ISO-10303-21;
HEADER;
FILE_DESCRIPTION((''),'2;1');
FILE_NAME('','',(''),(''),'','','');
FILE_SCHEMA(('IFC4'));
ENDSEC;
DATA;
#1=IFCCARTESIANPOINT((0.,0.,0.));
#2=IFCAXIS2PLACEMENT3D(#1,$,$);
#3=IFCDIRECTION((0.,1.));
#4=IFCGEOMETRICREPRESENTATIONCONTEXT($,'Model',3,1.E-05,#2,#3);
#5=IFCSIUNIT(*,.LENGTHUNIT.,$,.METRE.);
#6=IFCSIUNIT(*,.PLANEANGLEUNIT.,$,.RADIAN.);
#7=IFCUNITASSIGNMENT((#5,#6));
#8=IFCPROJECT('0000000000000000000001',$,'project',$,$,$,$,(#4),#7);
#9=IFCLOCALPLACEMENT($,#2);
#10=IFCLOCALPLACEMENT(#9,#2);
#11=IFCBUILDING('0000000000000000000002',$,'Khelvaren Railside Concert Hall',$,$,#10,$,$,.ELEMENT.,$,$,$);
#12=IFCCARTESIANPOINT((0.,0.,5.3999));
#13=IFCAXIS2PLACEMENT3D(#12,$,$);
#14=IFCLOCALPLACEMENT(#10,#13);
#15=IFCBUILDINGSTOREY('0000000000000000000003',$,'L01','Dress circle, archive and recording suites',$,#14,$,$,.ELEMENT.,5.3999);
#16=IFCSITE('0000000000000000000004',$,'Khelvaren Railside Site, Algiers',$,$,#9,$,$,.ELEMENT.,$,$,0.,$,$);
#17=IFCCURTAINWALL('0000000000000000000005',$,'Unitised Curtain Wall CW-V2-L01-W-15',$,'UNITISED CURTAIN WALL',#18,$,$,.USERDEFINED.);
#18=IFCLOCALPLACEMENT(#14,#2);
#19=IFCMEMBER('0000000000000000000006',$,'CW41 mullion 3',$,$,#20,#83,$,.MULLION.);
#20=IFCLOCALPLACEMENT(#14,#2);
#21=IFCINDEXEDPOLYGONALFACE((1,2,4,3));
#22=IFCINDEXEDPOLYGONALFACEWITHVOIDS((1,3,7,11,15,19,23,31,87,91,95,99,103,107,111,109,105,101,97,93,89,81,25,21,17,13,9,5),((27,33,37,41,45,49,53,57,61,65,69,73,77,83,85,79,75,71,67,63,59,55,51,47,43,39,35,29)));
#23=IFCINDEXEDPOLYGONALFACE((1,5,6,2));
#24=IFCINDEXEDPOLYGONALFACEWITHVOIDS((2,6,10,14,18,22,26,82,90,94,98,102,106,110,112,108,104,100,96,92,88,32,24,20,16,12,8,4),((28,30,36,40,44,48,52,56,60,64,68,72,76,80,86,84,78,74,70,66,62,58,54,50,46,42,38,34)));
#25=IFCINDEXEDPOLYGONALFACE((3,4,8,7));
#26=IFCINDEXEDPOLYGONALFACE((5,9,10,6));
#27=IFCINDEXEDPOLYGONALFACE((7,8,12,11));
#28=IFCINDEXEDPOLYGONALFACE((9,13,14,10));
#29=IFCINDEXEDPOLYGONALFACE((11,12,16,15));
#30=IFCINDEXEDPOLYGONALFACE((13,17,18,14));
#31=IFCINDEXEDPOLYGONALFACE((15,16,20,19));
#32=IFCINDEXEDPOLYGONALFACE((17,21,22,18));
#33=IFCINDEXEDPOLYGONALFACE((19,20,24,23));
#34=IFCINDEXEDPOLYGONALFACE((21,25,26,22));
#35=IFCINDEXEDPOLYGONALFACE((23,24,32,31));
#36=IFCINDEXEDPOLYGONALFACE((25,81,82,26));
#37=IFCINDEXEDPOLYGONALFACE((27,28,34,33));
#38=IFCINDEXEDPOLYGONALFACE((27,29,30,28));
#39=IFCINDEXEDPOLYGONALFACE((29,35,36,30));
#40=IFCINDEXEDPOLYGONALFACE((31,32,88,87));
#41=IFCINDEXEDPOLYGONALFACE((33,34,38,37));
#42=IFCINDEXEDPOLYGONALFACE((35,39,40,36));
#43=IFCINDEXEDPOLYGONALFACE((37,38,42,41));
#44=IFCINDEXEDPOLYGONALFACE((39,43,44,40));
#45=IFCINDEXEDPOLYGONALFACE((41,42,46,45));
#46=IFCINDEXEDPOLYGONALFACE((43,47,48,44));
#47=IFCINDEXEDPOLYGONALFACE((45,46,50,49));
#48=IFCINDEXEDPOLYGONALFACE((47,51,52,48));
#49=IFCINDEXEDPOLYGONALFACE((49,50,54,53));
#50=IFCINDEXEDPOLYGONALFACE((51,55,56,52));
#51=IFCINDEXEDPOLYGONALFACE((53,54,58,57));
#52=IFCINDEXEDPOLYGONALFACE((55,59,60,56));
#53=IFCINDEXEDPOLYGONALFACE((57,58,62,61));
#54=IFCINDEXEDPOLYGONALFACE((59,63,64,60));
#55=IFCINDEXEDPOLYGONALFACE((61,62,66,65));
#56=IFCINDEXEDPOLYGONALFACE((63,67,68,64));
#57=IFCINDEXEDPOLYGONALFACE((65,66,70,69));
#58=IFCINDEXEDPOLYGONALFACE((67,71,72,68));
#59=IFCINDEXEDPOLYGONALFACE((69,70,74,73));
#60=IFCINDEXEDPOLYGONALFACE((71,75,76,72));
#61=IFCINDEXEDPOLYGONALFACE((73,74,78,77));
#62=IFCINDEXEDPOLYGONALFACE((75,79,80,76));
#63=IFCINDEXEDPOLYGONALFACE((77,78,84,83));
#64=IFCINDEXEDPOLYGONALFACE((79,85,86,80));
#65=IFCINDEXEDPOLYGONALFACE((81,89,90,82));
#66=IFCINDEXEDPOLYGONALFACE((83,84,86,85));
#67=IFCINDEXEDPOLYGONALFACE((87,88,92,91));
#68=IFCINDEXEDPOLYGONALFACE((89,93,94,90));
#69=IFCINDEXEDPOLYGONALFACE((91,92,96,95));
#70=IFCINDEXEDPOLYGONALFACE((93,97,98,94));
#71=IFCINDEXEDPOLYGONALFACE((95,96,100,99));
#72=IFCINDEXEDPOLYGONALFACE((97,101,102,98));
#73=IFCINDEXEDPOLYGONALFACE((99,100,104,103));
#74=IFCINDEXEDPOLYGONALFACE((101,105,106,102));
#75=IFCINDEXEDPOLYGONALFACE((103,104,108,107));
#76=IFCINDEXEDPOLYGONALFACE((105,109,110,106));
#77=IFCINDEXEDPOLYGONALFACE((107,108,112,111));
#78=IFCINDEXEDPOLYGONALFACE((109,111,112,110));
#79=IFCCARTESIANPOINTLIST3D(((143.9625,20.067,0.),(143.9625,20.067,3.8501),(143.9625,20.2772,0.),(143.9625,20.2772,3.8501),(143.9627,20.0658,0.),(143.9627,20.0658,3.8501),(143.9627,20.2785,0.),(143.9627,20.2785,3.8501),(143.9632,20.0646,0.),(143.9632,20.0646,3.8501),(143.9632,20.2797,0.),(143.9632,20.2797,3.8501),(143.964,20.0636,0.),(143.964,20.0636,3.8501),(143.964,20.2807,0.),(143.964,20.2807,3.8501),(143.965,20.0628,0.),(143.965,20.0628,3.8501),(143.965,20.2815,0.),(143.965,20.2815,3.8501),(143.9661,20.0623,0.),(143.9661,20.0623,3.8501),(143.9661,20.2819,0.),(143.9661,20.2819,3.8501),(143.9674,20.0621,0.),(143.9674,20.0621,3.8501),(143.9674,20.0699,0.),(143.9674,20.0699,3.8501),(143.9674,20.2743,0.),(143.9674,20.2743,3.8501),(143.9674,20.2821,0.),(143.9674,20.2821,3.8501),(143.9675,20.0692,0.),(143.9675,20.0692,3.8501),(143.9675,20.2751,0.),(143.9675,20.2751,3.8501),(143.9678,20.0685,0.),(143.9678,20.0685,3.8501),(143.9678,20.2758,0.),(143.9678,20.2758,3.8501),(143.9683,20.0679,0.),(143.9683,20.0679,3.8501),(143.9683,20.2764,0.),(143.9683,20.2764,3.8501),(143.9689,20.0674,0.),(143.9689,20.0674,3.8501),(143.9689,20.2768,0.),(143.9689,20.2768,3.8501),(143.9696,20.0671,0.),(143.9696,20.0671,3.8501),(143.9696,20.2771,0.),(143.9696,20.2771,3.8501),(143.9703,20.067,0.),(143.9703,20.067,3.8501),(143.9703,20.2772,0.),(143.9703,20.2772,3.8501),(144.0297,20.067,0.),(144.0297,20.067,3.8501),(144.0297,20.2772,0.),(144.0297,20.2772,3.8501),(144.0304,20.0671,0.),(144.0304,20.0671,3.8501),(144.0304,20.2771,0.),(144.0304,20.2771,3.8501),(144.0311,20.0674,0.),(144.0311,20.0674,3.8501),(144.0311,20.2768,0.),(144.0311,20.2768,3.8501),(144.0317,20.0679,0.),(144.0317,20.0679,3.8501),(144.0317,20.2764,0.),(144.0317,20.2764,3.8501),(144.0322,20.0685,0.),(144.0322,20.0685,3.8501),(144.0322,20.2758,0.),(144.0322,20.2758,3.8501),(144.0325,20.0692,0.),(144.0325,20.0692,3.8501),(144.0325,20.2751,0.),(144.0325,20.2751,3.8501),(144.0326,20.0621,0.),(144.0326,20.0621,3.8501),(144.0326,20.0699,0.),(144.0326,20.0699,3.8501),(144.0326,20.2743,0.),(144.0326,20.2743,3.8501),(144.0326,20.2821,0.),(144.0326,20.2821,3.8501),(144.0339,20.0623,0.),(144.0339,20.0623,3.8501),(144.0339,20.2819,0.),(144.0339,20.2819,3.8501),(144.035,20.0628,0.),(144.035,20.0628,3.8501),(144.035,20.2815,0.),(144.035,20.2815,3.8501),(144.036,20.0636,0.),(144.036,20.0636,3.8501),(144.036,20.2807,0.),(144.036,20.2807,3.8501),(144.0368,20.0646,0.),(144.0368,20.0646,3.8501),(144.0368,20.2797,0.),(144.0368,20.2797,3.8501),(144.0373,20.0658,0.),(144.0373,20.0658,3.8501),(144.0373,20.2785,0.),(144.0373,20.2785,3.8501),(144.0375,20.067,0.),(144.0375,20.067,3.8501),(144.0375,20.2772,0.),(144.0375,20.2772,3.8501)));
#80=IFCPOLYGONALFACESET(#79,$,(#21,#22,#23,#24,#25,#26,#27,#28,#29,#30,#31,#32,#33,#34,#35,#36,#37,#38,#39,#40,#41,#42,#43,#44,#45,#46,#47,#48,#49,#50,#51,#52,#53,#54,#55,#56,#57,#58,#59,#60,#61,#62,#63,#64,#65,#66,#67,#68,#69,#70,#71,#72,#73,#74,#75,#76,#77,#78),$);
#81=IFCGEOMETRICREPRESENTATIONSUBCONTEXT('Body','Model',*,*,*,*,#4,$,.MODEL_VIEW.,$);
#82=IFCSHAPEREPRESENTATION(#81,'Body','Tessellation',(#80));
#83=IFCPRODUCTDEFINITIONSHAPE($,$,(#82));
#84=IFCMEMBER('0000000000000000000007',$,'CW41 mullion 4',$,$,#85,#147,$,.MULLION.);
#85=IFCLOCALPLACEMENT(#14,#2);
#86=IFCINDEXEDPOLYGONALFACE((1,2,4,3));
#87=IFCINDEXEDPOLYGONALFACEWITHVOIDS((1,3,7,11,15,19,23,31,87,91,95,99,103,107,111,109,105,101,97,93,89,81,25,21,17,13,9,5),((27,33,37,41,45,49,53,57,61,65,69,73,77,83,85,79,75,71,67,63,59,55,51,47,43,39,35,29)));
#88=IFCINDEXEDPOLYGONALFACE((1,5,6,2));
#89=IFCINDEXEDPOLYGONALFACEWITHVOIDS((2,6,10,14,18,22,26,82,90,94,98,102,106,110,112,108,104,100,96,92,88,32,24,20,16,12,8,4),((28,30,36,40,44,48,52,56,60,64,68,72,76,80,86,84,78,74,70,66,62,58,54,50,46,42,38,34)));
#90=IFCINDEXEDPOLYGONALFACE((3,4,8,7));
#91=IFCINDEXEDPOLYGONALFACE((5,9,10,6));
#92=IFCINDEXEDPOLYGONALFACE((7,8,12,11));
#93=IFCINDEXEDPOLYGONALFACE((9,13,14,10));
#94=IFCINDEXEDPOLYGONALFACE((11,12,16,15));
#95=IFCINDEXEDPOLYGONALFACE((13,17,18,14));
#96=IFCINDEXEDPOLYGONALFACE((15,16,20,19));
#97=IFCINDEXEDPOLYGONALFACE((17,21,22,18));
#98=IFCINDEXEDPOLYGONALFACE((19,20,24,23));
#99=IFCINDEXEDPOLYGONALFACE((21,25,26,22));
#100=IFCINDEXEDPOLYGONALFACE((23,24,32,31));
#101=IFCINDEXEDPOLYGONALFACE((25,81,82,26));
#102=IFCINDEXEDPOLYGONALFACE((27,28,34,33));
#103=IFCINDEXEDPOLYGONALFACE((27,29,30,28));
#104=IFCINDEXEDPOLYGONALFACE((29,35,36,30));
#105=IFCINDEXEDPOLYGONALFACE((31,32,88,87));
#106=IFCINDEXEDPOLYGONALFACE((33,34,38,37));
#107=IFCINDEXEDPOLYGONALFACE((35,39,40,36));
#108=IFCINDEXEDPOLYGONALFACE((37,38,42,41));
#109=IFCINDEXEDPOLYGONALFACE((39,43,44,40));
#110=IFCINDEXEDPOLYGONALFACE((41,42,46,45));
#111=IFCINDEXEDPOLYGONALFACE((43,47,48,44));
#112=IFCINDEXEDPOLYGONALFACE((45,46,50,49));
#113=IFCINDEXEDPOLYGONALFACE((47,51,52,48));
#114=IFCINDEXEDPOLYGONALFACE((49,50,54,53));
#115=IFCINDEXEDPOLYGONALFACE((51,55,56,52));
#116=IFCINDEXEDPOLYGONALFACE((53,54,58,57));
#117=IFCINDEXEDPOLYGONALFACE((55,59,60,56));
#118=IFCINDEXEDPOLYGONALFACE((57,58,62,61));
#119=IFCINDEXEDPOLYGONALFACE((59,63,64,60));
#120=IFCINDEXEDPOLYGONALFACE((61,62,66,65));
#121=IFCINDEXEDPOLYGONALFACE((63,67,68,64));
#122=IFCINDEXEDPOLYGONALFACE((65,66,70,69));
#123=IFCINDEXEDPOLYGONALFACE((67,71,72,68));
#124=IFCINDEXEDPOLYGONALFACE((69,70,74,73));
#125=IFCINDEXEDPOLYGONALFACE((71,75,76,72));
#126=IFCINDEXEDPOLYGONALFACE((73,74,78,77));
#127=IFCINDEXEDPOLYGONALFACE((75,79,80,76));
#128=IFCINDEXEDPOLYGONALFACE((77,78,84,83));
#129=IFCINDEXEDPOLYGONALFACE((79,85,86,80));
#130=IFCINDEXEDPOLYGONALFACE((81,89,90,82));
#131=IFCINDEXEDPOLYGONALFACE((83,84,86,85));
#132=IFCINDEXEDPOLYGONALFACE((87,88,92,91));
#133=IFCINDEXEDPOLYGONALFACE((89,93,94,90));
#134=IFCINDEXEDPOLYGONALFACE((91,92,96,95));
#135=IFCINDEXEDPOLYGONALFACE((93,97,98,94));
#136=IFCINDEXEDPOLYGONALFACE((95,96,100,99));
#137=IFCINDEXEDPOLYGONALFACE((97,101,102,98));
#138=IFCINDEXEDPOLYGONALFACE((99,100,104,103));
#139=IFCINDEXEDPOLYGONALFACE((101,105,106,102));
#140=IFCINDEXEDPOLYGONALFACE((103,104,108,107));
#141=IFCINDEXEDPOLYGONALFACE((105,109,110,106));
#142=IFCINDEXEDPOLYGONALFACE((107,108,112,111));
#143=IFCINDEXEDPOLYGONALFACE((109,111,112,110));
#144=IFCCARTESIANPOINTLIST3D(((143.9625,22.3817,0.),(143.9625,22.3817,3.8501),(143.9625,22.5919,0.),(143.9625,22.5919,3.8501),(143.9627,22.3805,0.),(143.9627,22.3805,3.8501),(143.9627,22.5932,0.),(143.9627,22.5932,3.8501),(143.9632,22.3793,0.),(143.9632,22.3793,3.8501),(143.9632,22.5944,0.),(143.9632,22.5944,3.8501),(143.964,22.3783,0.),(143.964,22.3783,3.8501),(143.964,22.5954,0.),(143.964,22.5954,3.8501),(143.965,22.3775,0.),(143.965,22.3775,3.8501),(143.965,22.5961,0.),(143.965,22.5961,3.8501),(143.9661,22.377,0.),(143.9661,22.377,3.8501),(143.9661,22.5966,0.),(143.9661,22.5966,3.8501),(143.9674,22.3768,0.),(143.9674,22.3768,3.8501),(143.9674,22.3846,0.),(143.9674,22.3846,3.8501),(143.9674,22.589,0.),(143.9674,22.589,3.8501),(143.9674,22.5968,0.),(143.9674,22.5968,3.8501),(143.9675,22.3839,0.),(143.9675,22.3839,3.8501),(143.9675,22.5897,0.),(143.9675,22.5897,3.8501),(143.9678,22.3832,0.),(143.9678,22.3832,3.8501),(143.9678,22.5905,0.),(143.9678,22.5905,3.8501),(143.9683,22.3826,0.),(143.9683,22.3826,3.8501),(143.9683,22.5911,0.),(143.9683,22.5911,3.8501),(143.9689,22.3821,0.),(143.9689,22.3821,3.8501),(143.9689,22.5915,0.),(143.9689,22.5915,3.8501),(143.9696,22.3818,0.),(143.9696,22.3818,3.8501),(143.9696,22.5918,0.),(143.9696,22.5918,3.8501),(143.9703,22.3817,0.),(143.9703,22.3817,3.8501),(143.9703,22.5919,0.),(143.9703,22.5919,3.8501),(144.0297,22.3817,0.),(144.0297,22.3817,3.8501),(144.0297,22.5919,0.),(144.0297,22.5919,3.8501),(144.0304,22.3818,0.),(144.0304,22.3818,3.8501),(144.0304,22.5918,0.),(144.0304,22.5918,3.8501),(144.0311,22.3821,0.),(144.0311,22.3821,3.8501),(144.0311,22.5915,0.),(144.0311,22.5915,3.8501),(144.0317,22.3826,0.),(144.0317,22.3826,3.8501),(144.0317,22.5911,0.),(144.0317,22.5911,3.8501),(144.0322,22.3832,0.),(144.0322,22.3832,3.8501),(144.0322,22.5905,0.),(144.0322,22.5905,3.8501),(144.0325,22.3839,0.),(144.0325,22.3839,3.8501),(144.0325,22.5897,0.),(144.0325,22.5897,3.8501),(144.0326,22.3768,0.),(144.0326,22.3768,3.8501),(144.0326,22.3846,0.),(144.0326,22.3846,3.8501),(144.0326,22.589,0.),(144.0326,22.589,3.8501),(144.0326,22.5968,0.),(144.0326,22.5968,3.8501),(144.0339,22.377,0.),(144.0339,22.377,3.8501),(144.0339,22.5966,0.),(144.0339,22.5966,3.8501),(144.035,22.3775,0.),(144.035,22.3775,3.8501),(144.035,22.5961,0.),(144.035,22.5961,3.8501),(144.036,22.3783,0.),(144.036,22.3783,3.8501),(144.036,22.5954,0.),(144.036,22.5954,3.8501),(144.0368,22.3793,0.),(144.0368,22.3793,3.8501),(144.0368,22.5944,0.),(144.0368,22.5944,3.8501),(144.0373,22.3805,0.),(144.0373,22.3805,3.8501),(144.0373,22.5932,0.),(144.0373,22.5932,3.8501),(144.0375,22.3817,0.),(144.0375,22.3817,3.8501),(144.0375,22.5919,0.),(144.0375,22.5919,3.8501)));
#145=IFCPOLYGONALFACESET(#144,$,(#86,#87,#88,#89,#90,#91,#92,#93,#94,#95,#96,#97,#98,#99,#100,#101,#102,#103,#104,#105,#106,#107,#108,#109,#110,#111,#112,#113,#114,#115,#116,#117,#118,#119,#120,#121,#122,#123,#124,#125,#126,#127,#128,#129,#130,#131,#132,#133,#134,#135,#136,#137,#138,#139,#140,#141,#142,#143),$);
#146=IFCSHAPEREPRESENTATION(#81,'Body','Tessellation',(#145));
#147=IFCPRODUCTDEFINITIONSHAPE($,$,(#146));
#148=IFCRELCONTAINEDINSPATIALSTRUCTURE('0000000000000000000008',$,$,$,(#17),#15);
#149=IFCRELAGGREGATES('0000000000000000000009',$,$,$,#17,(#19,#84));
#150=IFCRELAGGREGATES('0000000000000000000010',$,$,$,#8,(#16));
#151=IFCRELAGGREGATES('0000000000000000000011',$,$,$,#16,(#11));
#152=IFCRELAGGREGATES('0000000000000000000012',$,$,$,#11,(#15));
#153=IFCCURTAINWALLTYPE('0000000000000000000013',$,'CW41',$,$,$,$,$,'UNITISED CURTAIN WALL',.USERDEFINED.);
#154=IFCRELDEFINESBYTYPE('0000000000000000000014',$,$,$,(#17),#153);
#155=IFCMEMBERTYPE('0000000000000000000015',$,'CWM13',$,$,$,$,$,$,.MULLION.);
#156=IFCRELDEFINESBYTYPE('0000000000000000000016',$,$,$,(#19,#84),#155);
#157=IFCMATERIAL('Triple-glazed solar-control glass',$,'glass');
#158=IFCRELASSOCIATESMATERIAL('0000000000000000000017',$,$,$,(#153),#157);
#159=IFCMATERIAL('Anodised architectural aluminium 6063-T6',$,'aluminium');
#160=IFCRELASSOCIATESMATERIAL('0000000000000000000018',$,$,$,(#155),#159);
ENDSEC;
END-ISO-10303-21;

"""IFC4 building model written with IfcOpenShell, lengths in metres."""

from ifc_helpers import new_model, si_unit, direction, frame, origin, origin_2d, place, context, subcontext, project, spatial, hollow_rectangle, extrude, material, material_profile, profile_set, type_object, element, aggregate, save


model = new_model("IFC4")

# Units and contexts
model_context = context("Model", 3, precision=1e-05, world=origin(), true_north=direction((0.0, 1.0)))
body_context = subcontext(model_context, "Body", "Model", "MODEL_VIEW")
ifc_project = project(units=[si_unit("LENGTHUNIT", "METRE"), si_unit("PLANEANGLEUNIT", "RADIAN")], contexts=[model_context])

# Site, building, storey
site_placement = place(None, origin())
site = spatial("IfcSite", under=ifc_project, at=site_placement, Name="Khelvaren Railside Site, Algiers", CompositionType="ELEMENT", RefElevation=0.0)
building_placement = place(site_placement, origin())
building = spatial("IfcBuilding", under=site, at=building_placement, Name="Khelvaren Railside Concert Hall", CompositionType="ELEMENT")
storey_placement = place(building_placement, frame((0.0, 0.0, 5.3999)))
storey = spatial("IfcBuildingStorey", under=building, at=storey_placement, Name="L01", Description="Dress circle, archive and recording suites", CompositionType="ELEMENT", Elevation=5.3999)

# Curtain wall, members
ifc_material_1 = material(Name="Triple-glazed solar-control glass", Category="glass")
curtain_wall_type = type_object("IfcCurtainWallType", Name="CW41", ElementType="UNITISED CURTAIN WALL", PredefinedType="USERDEFINED", material=ifc_material_1)
curtain_wall_placement = place(storey_placement, origin())
curtain_wall = element("IfcCurtainWall", 1, at=curtain_wall_placement, inside=storey, type_object=curtain_wall_type, Name="Unitised Curtain Wall CW-V2-L01-W-15", ObjectType="UNITISED CURTAIN WALL", PredefinedType="USERDEFINED")
ifc_material_2 = material(Name="Anodised architectural aluminium 6063-T6", Category="aluminium")
ifc_material_profile_1 = material_profile(ifc_material_2, hollow_rectangle(XDim=0.075, YDim=0.22, WallThickness=0.0049, InnerFilletRadius=0.0029, OuterFilletRadius=0.0049, at=origin_2d()), Name="CWM 75x220x5")
ifc_profile_set_1 = profile_set([ifc_material_profile_1], Name="Anodised architectural aluminium 6063-T6")
member_type_1 = type_object("IfcMemberType", Name="CWM13", PredefinedType="MULLION", material=ifc_profile_set_1)
member_1_placement = place(storey_placement, frame((144.0, 20.1721, 0.0), z_axis=(0.0, 0.0, 1.0), x_axis=(-1.0, 0.0, 0.0)))
member_1 = element("IfcMember", 2, at=member_1_placement, type_object=member_type_1, Name="CW41 mullion 3", PredefinedType="MULLION", context=body_context, shape_type="SweptSolid", body=[
    extrude(hollow_rectangle(XDim=0.075, YDim=0.22, WallThickness=0.0049, InnerFilletRadius=0.0029, OuterFilletRadius=0.0049, at=origin_2d()), origin(), (0.0, 0.0, 1.0), 3.8501),
])
member_2_placement = place(storey_placement, frame((144.0, 22.4868, 0.0), z_axis=(0.0, 0.0, 1.0), x_axis=(-1.0, 0.0, 0.0)))
member_2 = element("IfcMember", 3, at=member_2_placement, type_object=member_type_1, Name="CW41 mullion 4", PredefinedType="MULLION", context=body_context, shape_type="SweptSolid", body=[
    extrude(hollow_rectangle(XDim=0.075, YDim=0.22, WallThickness=0.0049, InnerFilletRadius=0.0029, OuterFilletRadius=0.0049, at=origin_2d()), origin(), (0.0, 0.0, 1.0), 3.8501),
])

aggregate(curtain_wall, [member_1, member_2])

save(model, "model.ifc")
